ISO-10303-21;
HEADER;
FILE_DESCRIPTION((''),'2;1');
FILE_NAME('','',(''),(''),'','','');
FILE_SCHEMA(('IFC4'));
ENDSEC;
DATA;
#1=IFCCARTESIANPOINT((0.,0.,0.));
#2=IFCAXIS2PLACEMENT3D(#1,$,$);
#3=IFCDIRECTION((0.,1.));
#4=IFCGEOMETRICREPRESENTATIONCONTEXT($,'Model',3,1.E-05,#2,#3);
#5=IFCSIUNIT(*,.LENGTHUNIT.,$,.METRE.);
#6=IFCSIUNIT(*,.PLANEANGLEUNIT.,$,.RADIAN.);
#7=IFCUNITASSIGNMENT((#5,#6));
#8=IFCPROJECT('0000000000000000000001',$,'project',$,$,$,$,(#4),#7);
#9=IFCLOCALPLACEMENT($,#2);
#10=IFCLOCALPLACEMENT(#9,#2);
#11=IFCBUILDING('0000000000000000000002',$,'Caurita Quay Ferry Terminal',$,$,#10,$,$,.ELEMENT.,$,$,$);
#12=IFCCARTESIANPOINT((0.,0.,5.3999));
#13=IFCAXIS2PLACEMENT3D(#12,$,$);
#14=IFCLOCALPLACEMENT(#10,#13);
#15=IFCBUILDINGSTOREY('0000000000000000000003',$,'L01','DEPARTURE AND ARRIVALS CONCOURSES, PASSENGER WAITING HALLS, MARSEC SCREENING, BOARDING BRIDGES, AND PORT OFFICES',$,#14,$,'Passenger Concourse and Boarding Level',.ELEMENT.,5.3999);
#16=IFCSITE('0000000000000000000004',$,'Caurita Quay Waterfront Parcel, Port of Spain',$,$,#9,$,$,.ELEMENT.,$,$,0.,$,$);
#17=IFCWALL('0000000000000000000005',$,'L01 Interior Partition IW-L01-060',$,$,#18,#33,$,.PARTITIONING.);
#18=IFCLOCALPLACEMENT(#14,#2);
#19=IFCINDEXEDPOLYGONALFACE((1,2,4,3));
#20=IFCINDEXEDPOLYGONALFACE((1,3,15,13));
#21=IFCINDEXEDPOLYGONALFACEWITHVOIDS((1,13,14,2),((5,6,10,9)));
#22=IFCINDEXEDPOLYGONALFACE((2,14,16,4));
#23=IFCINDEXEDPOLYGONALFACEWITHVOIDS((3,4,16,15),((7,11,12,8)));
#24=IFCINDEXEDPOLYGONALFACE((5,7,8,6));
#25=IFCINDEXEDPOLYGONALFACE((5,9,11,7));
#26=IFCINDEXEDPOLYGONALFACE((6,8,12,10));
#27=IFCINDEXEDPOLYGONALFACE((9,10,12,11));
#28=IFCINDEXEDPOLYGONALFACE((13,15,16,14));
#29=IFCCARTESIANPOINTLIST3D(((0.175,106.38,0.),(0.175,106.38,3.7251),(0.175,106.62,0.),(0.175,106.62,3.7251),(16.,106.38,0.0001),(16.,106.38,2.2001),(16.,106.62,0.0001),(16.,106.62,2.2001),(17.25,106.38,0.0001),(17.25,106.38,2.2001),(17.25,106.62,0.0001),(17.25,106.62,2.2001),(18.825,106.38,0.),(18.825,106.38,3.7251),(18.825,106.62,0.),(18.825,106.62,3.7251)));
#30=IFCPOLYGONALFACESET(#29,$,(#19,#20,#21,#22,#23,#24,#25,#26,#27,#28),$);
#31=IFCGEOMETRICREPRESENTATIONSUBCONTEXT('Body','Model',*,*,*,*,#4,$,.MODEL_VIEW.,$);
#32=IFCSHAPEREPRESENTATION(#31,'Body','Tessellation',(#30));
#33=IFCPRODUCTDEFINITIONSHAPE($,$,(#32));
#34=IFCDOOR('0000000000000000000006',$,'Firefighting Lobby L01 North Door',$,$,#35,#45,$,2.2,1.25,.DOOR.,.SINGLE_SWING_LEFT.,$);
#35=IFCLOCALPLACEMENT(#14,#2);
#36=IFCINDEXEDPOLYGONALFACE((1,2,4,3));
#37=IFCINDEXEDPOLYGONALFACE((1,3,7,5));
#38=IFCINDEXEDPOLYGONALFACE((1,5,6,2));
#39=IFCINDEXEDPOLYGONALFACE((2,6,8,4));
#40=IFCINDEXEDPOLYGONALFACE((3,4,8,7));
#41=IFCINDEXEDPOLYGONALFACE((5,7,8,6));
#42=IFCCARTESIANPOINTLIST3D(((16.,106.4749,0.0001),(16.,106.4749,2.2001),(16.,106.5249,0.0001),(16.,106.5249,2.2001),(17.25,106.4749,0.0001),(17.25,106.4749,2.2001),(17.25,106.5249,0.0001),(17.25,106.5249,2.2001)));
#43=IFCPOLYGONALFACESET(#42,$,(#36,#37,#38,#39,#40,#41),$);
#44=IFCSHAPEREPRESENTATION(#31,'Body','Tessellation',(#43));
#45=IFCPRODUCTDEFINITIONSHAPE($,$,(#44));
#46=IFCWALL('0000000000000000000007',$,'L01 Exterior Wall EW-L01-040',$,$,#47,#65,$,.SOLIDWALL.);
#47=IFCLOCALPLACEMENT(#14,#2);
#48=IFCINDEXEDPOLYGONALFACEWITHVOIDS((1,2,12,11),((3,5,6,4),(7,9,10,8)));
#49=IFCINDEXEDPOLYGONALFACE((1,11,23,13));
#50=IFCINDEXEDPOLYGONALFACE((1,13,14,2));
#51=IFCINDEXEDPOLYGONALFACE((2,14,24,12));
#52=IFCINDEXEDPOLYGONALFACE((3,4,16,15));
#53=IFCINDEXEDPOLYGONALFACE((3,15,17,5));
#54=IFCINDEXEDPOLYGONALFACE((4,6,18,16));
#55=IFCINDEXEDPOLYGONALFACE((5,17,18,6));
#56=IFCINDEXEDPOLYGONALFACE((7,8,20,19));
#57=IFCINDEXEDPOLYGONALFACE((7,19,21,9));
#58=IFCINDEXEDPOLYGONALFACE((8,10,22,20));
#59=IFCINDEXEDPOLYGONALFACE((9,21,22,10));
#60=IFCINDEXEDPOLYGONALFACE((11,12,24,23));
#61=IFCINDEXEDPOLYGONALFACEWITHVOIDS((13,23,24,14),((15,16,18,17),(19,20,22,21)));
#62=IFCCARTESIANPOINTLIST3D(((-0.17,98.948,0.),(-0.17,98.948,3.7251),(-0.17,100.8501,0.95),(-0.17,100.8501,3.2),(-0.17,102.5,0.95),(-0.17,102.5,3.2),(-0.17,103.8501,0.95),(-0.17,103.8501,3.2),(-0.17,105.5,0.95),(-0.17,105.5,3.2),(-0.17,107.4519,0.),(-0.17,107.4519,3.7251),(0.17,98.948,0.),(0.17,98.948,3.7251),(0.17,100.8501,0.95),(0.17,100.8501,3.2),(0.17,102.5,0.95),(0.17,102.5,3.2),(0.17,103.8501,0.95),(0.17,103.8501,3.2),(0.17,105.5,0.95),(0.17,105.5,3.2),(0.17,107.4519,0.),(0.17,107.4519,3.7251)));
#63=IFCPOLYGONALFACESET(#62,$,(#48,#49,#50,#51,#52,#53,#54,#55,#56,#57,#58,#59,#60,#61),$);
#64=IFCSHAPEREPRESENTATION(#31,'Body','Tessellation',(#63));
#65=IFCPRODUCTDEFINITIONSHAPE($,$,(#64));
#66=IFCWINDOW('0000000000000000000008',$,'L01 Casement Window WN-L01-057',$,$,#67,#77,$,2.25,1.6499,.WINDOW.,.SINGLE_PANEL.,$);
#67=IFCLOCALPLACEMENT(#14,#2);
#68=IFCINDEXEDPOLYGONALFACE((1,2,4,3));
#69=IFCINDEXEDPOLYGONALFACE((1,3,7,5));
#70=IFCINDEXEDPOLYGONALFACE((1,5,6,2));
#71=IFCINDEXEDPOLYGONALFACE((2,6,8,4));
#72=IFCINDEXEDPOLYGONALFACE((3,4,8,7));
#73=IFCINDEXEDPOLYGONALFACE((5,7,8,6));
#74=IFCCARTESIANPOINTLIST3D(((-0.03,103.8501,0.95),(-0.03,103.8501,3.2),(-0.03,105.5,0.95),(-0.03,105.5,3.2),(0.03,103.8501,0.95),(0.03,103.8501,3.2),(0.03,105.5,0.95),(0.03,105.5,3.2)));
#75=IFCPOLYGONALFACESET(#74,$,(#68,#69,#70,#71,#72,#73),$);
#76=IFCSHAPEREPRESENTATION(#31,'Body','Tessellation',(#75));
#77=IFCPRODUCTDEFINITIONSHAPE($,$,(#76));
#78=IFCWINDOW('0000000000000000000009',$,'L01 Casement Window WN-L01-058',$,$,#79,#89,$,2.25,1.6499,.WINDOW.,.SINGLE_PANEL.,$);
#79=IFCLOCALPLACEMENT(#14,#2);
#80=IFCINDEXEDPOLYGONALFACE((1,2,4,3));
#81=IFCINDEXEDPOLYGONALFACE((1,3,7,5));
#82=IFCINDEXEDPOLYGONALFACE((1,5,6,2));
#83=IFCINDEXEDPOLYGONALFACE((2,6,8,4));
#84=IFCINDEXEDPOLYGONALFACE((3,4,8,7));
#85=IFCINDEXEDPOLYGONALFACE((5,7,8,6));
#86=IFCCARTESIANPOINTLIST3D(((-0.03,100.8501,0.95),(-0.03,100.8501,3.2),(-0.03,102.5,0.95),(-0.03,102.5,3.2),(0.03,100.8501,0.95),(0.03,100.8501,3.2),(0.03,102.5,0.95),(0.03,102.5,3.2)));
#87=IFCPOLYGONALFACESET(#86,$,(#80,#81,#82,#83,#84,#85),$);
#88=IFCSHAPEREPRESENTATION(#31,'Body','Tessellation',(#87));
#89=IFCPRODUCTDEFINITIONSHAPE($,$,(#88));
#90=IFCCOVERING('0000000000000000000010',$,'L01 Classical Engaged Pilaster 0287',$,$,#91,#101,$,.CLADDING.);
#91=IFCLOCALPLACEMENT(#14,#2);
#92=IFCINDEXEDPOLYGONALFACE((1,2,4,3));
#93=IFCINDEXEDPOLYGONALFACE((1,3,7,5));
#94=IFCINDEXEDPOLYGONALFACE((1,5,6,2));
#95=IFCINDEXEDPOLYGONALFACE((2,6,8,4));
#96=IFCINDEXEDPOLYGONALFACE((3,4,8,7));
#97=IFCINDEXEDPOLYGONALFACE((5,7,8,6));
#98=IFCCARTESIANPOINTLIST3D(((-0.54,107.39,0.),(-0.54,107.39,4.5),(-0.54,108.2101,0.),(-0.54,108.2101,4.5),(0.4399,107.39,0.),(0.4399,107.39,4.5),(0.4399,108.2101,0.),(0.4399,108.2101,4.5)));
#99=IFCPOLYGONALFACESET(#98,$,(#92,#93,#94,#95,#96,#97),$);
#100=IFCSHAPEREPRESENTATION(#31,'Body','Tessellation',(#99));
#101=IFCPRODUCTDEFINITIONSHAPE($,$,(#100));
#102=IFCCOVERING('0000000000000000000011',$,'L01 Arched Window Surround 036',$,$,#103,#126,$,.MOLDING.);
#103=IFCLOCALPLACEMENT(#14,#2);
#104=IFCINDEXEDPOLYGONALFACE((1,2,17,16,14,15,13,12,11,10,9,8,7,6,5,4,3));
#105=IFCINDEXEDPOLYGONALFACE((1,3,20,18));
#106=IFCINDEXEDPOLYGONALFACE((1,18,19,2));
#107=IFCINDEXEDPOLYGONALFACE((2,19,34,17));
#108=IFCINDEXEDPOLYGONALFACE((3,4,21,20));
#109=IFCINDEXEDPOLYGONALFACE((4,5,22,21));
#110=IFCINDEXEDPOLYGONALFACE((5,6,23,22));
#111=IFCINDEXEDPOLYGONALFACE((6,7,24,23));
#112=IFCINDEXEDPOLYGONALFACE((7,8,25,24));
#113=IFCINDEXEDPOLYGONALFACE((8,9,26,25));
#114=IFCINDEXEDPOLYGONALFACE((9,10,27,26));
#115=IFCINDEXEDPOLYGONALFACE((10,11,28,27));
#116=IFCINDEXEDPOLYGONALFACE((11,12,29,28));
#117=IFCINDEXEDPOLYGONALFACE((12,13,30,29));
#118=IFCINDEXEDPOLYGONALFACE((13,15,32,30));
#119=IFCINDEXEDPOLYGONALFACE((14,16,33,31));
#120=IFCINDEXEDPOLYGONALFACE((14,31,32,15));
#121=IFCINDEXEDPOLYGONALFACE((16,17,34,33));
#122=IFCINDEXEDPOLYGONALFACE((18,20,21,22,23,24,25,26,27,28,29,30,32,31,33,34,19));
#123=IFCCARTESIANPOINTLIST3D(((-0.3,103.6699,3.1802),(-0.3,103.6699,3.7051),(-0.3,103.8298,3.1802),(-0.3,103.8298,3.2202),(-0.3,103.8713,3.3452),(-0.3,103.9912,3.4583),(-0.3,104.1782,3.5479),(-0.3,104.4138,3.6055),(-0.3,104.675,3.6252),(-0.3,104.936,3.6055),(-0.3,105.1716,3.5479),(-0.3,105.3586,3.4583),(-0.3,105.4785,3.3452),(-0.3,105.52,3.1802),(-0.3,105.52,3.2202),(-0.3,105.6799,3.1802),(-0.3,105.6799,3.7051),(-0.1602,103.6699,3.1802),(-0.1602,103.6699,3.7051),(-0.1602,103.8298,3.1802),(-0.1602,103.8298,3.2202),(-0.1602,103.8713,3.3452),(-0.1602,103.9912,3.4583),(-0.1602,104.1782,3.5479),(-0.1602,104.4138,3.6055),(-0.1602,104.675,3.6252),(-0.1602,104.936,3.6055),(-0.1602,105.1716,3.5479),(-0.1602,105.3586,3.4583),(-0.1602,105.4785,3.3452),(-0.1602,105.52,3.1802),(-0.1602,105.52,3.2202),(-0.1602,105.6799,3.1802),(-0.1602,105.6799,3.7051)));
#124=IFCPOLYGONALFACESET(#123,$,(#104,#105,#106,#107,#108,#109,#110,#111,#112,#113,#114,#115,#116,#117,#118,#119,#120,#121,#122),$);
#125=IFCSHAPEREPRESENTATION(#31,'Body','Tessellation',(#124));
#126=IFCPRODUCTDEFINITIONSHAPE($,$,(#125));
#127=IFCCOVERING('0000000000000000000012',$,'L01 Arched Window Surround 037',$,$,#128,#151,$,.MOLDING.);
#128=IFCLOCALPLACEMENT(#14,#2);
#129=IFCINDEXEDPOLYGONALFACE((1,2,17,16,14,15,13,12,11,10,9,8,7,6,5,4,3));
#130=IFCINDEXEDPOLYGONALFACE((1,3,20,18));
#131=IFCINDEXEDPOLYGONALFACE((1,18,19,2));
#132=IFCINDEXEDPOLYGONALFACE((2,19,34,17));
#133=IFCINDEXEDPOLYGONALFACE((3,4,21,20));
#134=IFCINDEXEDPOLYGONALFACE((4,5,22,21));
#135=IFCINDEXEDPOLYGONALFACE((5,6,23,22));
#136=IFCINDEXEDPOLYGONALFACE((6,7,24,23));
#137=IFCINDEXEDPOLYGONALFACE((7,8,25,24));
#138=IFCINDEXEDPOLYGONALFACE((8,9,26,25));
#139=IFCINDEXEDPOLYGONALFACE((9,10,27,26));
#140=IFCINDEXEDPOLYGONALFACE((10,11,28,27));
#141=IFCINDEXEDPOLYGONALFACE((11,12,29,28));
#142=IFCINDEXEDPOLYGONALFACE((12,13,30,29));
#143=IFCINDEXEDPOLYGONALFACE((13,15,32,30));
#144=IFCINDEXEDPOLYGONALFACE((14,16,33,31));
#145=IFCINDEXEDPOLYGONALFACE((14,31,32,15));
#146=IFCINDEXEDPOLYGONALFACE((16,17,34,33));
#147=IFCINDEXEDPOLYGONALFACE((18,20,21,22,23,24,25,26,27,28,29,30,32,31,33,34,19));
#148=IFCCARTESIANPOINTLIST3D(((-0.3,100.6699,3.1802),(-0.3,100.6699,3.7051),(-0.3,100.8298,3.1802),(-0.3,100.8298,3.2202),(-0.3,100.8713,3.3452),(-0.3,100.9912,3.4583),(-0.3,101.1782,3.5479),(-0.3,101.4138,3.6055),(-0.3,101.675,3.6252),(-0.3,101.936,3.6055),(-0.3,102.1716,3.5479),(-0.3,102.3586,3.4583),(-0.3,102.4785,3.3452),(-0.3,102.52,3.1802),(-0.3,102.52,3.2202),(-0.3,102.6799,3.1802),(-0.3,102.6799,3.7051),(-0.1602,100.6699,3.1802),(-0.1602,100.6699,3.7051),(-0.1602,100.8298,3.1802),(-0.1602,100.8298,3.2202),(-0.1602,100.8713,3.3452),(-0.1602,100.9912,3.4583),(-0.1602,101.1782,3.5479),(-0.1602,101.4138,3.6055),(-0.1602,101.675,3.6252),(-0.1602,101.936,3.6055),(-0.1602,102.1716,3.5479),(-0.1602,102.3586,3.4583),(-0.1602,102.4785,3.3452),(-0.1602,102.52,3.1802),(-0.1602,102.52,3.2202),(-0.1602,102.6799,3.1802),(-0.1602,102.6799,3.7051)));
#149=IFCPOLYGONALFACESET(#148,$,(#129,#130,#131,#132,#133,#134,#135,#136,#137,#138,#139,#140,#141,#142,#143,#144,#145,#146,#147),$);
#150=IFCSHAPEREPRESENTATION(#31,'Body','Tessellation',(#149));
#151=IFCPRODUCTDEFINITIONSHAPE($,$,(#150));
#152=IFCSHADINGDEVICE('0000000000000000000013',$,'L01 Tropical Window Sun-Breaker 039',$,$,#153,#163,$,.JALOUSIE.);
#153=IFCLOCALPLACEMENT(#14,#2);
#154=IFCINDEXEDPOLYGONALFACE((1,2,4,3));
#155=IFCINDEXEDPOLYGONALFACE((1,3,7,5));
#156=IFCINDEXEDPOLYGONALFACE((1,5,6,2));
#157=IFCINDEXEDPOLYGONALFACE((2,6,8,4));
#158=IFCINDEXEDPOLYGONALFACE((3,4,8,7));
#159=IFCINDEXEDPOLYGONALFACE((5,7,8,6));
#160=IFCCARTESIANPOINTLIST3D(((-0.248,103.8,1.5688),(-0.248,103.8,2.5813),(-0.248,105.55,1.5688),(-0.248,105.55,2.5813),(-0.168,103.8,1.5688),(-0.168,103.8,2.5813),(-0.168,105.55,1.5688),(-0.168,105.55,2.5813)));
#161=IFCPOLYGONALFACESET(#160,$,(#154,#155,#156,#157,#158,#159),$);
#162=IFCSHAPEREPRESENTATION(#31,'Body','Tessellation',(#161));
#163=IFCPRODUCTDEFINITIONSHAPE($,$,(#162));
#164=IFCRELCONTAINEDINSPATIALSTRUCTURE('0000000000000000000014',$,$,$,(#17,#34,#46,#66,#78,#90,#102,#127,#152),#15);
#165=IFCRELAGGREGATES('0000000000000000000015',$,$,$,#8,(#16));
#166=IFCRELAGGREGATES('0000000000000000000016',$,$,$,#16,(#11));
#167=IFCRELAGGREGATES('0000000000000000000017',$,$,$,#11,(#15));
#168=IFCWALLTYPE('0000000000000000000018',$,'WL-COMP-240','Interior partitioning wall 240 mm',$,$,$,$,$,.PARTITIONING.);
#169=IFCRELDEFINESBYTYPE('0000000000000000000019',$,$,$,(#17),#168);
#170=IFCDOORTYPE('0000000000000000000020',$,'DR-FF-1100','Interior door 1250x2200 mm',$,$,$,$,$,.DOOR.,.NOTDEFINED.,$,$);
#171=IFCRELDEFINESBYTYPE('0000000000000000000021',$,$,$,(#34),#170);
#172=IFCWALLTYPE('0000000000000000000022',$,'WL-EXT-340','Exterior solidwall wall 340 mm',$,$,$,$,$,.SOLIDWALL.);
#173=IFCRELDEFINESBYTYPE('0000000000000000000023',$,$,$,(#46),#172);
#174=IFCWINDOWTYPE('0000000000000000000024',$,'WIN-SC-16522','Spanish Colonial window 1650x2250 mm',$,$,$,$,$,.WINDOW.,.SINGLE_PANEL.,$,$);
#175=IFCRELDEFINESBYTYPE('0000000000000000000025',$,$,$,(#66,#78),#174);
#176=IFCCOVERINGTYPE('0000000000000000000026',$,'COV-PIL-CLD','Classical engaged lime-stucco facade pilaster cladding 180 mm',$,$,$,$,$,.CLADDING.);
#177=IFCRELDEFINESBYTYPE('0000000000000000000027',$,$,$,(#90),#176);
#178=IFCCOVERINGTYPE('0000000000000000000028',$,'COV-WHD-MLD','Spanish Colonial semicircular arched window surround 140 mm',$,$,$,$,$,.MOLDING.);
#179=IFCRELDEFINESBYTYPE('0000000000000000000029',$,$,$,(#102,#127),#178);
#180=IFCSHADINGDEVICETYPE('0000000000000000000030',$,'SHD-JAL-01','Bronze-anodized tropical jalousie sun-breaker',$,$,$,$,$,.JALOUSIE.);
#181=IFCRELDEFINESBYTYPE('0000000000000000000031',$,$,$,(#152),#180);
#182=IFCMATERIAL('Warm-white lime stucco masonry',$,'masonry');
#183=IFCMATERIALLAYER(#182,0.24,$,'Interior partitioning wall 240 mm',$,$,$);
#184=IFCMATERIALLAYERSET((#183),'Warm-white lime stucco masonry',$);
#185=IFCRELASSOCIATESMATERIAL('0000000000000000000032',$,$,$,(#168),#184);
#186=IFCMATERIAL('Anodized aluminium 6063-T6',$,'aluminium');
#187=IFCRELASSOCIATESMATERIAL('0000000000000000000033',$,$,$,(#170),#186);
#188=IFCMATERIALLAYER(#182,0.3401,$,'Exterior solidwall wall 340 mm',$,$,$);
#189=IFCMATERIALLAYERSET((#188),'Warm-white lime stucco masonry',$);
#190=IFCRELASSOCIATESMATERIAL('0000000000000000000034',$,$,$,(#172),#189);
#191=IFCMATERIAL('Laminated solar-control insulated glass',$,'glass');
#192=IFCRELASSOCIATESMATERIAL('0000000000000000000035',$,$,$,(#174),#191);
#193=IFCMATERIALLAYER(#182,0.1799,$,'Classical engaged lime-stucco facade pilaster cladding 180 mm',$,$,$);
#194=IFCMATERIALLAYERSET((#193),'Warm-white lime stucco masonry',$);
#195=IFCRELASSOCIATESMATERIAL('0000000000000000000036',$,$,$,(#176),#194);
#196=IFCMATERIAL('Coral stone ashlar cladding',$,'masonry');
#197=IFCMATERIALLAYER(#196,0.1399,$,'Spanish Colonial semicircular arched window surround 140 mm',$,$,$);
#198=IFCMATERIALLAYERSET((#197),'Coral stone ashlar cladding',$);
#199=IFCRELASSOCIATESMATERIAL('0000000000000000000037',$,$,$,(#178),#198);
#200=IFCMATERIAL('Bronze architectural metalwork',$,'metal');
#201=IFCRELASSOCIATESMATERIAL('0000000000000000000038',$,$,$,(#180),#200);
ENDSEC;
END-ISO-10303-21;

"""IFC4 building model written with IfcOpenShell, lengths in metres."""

from ifc_helpers import new_model, si_unit, direction, frame, frame_2d, origin, origin_2d, place, context, subcontext, project, spatial, polyline, rectangle, outline, extrude, material, layer, layer_set, type_object, element, fill, save


model = new_model("IFC4")

# Units and contexts
model_context = context("Model", 3, precision=1e-05, world=origin(), true_north=direction((0.0, 1.0)))
body_context = subcontext(model_context, "Body", "Model", "MODEL_VIEW")
ifc_project = project(units=[si_unit("LENGTHUNIT", "METRE"), si_unit("PLANEANGLEUNIT", "RADIAN")], contexts=[model_context])

# Site, building, storey
site_placement = place(None, origin())
site = spatial("IfcSite", under=ifc_project, at=site_placement, Name="Caurita Quay Waterfront Parcel, Port of Spain", CompositionType="ELEMENT", RefElevation=0.0)
building_placement = place(site_placement, origin())
building = spatial("IfcBuilding", under=site, at=building_placement, Name="Caurita Quay Ferry Terminal", CompositionType="ELEMENT")
storey_placement = place(building_placement, frame((0.0, 0.0, 5.3999)))
storey = spatial("IfcBuildingStorey", under=building, at=storey_placement, Name="L01", Description="DEPARTURE AND ARRIVALS CONCOURSES, PASSENGER WAITING HALLS, MARSEC SCREENING, BOARDING BRIDGES, AND PORT OFFICES", LongName="Passenger Concourse and Boarding Level", CompositionType="ELEMENT", Elevation=5.3999)

# Wall, opening, door
ifc_material_1 = material(Name="Warm-white lime stucco masonry", Category="masonry")
ifc_layer_1 = layer(ifc_material_1, 0.24, Name="Interior partitioning wall 240 mm")
ifc_layer_set_1 = layer_set([ifc_layer_1], Name="Warm-white lime stucco masonry")
wall_type_1 = type_object("IfcWallType", Name="WL-COMP-240", Description="Interior partitioning wall 240 mm", PredefinedType="PARTITIONING", material=ifc_layer_set_1)
wall_1_placement = place(storey_placement, frame((0.175, 106.5, 0.0), z_axis=(0.0, 0.0, 1.0), x_axis=(1.0, 0.0, 0.0)))
wall_1 = element("IfcWall", 1, at=wall_1_placement, inside=storey, type_object=wall_type_1, Name="L01 Interior Partition IW-L01-060", PredefinedType="PARTITIONING", context=body_context, shape_type="SweptSolid", body=[
    extrude(rectangle(XDim=18.6499, YDim=0.24, at=frame_2d((9.325, 0.0))), origin(), (0.0, 0.0, 1.0), 3.7251),
])
opening_1_placement = place(wall_1_placement, frame((15.825, 0.0, 0.0)))
opening_1 = element("IfcOpeningElement", 2, at=opening_1_placement, cuts=wall_1, PredefinedType="OPENING", context=body_context, shape_type="SweptSolid", body=[
    extrude(rectangle(XDim=1.25, YDim=2.2, at=frame_2d((0.625, 1.1001))), frame((0.0, 0.1299, 0.0), z_axis=(0.0, -1.0, 0.0), x_axis=(1.0, 0.0, 0.0)), (0.0, 0.0, 1.0), 0.26),
])
ifc_material_2 = material(Name="Anodized aluminium 6063-T6", Category="aluminium")
door_type = type_object("IfcDoorType", Name="DR-FF-1100", Description="Interior door 1250x2200 mm", OperationType="NOTDEFINED", PredefinedType="DOOR", material=ifc_material_2)
door_placement = place(opening_1_placement, origin())
door = element("IfcDoor", 3, at=door_placement, inside=storey, type_object=door_type, Name="Firefighting Lobby L01 North Door", OperationType="SINGLE_SWING_LEFT", OverallHeight=2.2, OverallWidth=1.25, PredefinedType="DOOR", context=body_context, shape_type="SweptSolid", body=[
    extrude(rectangle(XDim=1.25, YDim=2.2, at=frame_2d((0.625, 1.1001))), frame((0.0, 0.0249, 0.0), z_axis=(0.0, -1.0, 0.0), x_axis=(1.0, 0.0, 0.0)), (0.0, 0.0, 1.0), 0.05),
])
fill(opening_1, door)

# Wall, openings, windows
ifc_layer_2 = layer(ifc_material_1, 0.3401, Name="Exterior solidwall wall 340 mm")
ifc_layer_set_2 = layer_set([ifc_layer_2], Name="Warm-white lime stucco masonry")
wall_type_2 = type_object("IfcWallType", Name="WL-EXT-340", Description="Exterior solidwall wall 340 mm", PredefinedType="SOLIDWALL", material=ifc_layer_set_2)
wall_2_placement = place(storey_placement, frame((0.0, 107.4519, 0.0), z_axis=(0.0, 0.0, 1.0), x_axis=(0.0, -1.0, 0.0)))
wall_2 = element("IfcWall", 4, at=wall_2_placement, inside=storey, type_object=wall_type_2, Name="L01 Exterior Wall EW-L01-040", PredefinedType="SOLIDWALL", context=body_context, shape_type="SweptSolid", body=[
    extrude(rectangle(XDim=8.5039, YDim=0.3401, at=frame_2d((4.252, 0.0))), origin(), (0.0, 0.0, 1.0), 3.7251),
])
opening_2_placement = place(wall_2_placement, frame((1.9519, 0.0, 0.95)))
opening_2 = element("IfcOpeningElement", 5, at=opening_2_placement, cuts=wall_2, PredefinedType="OPENING", context=body_context, shape_type="SweptSolid", body=[
    extrude(rectangle(XDim=1.6499, YDim=2.25, at=frame_2d((0.825, 1.125))), frame((0.0, 0.1799, 0.0), z_axis=(0.0, -1.0, 0.0), x_axis=(1.0, 0.0, 0.0)), (0.0, 0.0, 1.0), 0.3601),
])
opening_3_placement = place(wall_2_placement, frame((4.9519, 0.0, 0.95)))
opening_3 = element("IfcOpeningElement", 6, at=opening_3_placement, cuts=wall_2, PredefinedType="OPENING", context=body_context, shape_type="SweptSolid", body=[
    extrude(rectangle(XDim=1.6499, YDim=2.25, at=frame_2d((0.825, 1.125))), frame((0.0, 0.1799, 0.0), z_axis=(0.0, -1.0, 0.0), x_axis=(1.0, 0.0, 0.0)), (0.0, 0.0, 1.0), 0.3601),
])
ifc_material_3 = material(Name="Laminated solar-control insulated glass", Category="glass")
window_type = type_object("IfcWindowType", Name="WIN-SC-16522", Description="Spanish Colonial window 1650x2250 mm", PartitioningType="SINGLE_PANEL", PredefinedType="WINDOW", material=ifc_material_3)
window_1_placement = place(opening_2_placement, origin())
window_1 = element("IfcWindow", 7, at=window_1_placement, inside=storey, type_object=window_type, Name="L01 Casement Window WN-L01-057", OverallHeight=2.25, OverallWidth=1.6499, PartitioningType="SINGLE_PANEL", PredefinedType="WINDOW", context=body_context, shape_type="SweptSolid", body=[
    extrude(rectangle(XDim=1.6499, YDim=2.25, at=frame_2d((0.825, 1.125))), frame((0.0, 0.03, 0.0), z_axis=(0.0, -1.0, 0.0), x_axis=(1.0, 0.0, 0.0)), (0.0, 0.0, 1.0), 0.0601),
])
fill(opening_2, window_1)
window_2_placement = place(opening_3_placement, origin())
window_2 = element("IfcWindow", 8, at=window_2_placement, inside=storey, type_object=window_type, Name="L01 Casement Window WN-L01-058", OverallHeight=2.25, OverallWidth=1.6499, PartitioningType="SINGLE_PANEL", PredefinedType="WINDOW", context=body_context, shape_type="SweptSolid", body=[
    extrude(rectangle(XDim=1.6499, YDim=2.25, at=frame_2d((0.825, 1.125))), frame((0.0, 0.03, 0.0), z_axis=(0.0, -1.0, 0.0), x_axis=(1.0, 0.0, 0.0)), (0.0, 0.0, 1.0), 0.0601),
])
fill(opening_3, window_2)

# Coverings
ifc_layer_3 = layer(ifc_material_1, 0.1799, Name="Classical engaged lime-stucco facade pilaster cladding 180 mm")
ifc_layer_set_3 = layer_set([ifc_layer_3], Name="Warm-white lime stucco masonry")
covering_type_1 = type_object("IfcCoveringType", Name="COV-PIL-CLD", Description="Classical engaged lime-stucco facade pilaster cladding 180 mm", PredefinedType="CLADDING", material=ifc_layer_set_3)
covering_placement = place(storey_placement, frame((-0.05, 107.8, 0.0), z_axis=(0.0, 0.0, 1.0), x_axis=(1.0, 0.0, 0.0)))
element("IfcCovering", 9, at=covering_placement, inside=storey, type_object=covering_type_1, Name="L01 Classical Engaged Pilaster 0287", PredefinedType="CLADDING", context=body_context, shape_type="SweptSolid", body=[
    extrude(rectangle(XDim=0.98, YDim=0.8201, at=origin_2d()), origin(), (0.0, 0.0, 1.0), 4.5),
])
ifc_material_4 = material(Name="Coral stone ashlar cladding", Category="masonry")
ifc_layer_4 = layer(ifc_material_4, 0.1399, Name="Spanish Colonial semicircular arched window surround 140 mm")
ifc_layer_set_4 = layer_set([ifc_layer_4], Name="Coral stone ashlar cladding")
covering_type_2 = type_object("IfcCoveringType", Name="COV-WHD-MLD", Description="Spanish Colonial semicircular arched window surround 140 mm", PredefinedType="MOLDING", material=ifc_layer_set_4)
for number, where, z_axis, x_axis, name in (
    (10, (-0.23, 105.6799, 3.1802), (0.0, 0.0, 1.0), (0.0, -1.0, 0.0), "L01 Arched Window Surround 036"),
    (11, (-0.23, 102.6799, 3.1802), (0.0, 0.0, 1.0), (0.0, -1.0, 0.0), "L01 Arched Window Surround 037"),
):
    element("IfcCovering", number, at=place(storey_placement, frame(where, z_axis=z_axis, x_axis=x_axis)), inside=storey, type_object=covering_type_2, Name=name, PredefinedType="MOLDING", context=body_context, shape_type="SweptSolid", body=[
        extrude(outline(polyline([(0.0, 0.0), (0.1599, 0.0), (0.1599, 0.04), (0.2014, 0.165), (0.3213, 0.2781), (0.5083, 0.3677), (0.7439, 0.4253), (1.0049, 0.4451), (1.2661, 0.4253), (1.5017, 0.3677), (1.6887, 0.2781), (1.8086, 0.165), (1.8501, 0.04), (1.8501, 0.0), (2.01, 0.0), (2.01, 0.5249), (0.0, 0.5249), (0.0, 0.0)])), frame((0.0, 0.0698, 0.0), z_axis=(0.0, -1.0, 0.0), x_axis=(1.0, 0.0, 0.0)), (0.0, 0.0, 1.0), 0.1399),
    ])

# Shading device
ifc_material_5 = material(Name="Bronze architectural metalwork", Category="metal")
shading_device_type_1 = type_object("IfcShadingDeviceType", Name="SHD-JAL-01", Description="Bronze-anodized tropical jalousie sun-breaker", PredefinedType="JALOUSIE", material=ifc_material_5)
shading_device_1_placement = place(storey_placement, frame((-0.208, 104.675, 1.5688), z_axis=(0.0, 0.0, 1.0), x_axis=(0.0, -1.0, 0.0)))
element("IfcShadingDevice", 12, at=shading_device_1_placement, inside=storey, type_object=shading_device_type_1, Name="L01 Tropical Window Sun-Breaker 039", PredefinedType="JALOUSIE", context=body_context, shape_type="SweptSolid", body=[
    extrude(rectangle(XDim=1.75, YDim=0.0801, at=origin_2d()), origin(), (0.0, 0.0, 1.0), 1.0125),
])

save(model, "model.ifc")
